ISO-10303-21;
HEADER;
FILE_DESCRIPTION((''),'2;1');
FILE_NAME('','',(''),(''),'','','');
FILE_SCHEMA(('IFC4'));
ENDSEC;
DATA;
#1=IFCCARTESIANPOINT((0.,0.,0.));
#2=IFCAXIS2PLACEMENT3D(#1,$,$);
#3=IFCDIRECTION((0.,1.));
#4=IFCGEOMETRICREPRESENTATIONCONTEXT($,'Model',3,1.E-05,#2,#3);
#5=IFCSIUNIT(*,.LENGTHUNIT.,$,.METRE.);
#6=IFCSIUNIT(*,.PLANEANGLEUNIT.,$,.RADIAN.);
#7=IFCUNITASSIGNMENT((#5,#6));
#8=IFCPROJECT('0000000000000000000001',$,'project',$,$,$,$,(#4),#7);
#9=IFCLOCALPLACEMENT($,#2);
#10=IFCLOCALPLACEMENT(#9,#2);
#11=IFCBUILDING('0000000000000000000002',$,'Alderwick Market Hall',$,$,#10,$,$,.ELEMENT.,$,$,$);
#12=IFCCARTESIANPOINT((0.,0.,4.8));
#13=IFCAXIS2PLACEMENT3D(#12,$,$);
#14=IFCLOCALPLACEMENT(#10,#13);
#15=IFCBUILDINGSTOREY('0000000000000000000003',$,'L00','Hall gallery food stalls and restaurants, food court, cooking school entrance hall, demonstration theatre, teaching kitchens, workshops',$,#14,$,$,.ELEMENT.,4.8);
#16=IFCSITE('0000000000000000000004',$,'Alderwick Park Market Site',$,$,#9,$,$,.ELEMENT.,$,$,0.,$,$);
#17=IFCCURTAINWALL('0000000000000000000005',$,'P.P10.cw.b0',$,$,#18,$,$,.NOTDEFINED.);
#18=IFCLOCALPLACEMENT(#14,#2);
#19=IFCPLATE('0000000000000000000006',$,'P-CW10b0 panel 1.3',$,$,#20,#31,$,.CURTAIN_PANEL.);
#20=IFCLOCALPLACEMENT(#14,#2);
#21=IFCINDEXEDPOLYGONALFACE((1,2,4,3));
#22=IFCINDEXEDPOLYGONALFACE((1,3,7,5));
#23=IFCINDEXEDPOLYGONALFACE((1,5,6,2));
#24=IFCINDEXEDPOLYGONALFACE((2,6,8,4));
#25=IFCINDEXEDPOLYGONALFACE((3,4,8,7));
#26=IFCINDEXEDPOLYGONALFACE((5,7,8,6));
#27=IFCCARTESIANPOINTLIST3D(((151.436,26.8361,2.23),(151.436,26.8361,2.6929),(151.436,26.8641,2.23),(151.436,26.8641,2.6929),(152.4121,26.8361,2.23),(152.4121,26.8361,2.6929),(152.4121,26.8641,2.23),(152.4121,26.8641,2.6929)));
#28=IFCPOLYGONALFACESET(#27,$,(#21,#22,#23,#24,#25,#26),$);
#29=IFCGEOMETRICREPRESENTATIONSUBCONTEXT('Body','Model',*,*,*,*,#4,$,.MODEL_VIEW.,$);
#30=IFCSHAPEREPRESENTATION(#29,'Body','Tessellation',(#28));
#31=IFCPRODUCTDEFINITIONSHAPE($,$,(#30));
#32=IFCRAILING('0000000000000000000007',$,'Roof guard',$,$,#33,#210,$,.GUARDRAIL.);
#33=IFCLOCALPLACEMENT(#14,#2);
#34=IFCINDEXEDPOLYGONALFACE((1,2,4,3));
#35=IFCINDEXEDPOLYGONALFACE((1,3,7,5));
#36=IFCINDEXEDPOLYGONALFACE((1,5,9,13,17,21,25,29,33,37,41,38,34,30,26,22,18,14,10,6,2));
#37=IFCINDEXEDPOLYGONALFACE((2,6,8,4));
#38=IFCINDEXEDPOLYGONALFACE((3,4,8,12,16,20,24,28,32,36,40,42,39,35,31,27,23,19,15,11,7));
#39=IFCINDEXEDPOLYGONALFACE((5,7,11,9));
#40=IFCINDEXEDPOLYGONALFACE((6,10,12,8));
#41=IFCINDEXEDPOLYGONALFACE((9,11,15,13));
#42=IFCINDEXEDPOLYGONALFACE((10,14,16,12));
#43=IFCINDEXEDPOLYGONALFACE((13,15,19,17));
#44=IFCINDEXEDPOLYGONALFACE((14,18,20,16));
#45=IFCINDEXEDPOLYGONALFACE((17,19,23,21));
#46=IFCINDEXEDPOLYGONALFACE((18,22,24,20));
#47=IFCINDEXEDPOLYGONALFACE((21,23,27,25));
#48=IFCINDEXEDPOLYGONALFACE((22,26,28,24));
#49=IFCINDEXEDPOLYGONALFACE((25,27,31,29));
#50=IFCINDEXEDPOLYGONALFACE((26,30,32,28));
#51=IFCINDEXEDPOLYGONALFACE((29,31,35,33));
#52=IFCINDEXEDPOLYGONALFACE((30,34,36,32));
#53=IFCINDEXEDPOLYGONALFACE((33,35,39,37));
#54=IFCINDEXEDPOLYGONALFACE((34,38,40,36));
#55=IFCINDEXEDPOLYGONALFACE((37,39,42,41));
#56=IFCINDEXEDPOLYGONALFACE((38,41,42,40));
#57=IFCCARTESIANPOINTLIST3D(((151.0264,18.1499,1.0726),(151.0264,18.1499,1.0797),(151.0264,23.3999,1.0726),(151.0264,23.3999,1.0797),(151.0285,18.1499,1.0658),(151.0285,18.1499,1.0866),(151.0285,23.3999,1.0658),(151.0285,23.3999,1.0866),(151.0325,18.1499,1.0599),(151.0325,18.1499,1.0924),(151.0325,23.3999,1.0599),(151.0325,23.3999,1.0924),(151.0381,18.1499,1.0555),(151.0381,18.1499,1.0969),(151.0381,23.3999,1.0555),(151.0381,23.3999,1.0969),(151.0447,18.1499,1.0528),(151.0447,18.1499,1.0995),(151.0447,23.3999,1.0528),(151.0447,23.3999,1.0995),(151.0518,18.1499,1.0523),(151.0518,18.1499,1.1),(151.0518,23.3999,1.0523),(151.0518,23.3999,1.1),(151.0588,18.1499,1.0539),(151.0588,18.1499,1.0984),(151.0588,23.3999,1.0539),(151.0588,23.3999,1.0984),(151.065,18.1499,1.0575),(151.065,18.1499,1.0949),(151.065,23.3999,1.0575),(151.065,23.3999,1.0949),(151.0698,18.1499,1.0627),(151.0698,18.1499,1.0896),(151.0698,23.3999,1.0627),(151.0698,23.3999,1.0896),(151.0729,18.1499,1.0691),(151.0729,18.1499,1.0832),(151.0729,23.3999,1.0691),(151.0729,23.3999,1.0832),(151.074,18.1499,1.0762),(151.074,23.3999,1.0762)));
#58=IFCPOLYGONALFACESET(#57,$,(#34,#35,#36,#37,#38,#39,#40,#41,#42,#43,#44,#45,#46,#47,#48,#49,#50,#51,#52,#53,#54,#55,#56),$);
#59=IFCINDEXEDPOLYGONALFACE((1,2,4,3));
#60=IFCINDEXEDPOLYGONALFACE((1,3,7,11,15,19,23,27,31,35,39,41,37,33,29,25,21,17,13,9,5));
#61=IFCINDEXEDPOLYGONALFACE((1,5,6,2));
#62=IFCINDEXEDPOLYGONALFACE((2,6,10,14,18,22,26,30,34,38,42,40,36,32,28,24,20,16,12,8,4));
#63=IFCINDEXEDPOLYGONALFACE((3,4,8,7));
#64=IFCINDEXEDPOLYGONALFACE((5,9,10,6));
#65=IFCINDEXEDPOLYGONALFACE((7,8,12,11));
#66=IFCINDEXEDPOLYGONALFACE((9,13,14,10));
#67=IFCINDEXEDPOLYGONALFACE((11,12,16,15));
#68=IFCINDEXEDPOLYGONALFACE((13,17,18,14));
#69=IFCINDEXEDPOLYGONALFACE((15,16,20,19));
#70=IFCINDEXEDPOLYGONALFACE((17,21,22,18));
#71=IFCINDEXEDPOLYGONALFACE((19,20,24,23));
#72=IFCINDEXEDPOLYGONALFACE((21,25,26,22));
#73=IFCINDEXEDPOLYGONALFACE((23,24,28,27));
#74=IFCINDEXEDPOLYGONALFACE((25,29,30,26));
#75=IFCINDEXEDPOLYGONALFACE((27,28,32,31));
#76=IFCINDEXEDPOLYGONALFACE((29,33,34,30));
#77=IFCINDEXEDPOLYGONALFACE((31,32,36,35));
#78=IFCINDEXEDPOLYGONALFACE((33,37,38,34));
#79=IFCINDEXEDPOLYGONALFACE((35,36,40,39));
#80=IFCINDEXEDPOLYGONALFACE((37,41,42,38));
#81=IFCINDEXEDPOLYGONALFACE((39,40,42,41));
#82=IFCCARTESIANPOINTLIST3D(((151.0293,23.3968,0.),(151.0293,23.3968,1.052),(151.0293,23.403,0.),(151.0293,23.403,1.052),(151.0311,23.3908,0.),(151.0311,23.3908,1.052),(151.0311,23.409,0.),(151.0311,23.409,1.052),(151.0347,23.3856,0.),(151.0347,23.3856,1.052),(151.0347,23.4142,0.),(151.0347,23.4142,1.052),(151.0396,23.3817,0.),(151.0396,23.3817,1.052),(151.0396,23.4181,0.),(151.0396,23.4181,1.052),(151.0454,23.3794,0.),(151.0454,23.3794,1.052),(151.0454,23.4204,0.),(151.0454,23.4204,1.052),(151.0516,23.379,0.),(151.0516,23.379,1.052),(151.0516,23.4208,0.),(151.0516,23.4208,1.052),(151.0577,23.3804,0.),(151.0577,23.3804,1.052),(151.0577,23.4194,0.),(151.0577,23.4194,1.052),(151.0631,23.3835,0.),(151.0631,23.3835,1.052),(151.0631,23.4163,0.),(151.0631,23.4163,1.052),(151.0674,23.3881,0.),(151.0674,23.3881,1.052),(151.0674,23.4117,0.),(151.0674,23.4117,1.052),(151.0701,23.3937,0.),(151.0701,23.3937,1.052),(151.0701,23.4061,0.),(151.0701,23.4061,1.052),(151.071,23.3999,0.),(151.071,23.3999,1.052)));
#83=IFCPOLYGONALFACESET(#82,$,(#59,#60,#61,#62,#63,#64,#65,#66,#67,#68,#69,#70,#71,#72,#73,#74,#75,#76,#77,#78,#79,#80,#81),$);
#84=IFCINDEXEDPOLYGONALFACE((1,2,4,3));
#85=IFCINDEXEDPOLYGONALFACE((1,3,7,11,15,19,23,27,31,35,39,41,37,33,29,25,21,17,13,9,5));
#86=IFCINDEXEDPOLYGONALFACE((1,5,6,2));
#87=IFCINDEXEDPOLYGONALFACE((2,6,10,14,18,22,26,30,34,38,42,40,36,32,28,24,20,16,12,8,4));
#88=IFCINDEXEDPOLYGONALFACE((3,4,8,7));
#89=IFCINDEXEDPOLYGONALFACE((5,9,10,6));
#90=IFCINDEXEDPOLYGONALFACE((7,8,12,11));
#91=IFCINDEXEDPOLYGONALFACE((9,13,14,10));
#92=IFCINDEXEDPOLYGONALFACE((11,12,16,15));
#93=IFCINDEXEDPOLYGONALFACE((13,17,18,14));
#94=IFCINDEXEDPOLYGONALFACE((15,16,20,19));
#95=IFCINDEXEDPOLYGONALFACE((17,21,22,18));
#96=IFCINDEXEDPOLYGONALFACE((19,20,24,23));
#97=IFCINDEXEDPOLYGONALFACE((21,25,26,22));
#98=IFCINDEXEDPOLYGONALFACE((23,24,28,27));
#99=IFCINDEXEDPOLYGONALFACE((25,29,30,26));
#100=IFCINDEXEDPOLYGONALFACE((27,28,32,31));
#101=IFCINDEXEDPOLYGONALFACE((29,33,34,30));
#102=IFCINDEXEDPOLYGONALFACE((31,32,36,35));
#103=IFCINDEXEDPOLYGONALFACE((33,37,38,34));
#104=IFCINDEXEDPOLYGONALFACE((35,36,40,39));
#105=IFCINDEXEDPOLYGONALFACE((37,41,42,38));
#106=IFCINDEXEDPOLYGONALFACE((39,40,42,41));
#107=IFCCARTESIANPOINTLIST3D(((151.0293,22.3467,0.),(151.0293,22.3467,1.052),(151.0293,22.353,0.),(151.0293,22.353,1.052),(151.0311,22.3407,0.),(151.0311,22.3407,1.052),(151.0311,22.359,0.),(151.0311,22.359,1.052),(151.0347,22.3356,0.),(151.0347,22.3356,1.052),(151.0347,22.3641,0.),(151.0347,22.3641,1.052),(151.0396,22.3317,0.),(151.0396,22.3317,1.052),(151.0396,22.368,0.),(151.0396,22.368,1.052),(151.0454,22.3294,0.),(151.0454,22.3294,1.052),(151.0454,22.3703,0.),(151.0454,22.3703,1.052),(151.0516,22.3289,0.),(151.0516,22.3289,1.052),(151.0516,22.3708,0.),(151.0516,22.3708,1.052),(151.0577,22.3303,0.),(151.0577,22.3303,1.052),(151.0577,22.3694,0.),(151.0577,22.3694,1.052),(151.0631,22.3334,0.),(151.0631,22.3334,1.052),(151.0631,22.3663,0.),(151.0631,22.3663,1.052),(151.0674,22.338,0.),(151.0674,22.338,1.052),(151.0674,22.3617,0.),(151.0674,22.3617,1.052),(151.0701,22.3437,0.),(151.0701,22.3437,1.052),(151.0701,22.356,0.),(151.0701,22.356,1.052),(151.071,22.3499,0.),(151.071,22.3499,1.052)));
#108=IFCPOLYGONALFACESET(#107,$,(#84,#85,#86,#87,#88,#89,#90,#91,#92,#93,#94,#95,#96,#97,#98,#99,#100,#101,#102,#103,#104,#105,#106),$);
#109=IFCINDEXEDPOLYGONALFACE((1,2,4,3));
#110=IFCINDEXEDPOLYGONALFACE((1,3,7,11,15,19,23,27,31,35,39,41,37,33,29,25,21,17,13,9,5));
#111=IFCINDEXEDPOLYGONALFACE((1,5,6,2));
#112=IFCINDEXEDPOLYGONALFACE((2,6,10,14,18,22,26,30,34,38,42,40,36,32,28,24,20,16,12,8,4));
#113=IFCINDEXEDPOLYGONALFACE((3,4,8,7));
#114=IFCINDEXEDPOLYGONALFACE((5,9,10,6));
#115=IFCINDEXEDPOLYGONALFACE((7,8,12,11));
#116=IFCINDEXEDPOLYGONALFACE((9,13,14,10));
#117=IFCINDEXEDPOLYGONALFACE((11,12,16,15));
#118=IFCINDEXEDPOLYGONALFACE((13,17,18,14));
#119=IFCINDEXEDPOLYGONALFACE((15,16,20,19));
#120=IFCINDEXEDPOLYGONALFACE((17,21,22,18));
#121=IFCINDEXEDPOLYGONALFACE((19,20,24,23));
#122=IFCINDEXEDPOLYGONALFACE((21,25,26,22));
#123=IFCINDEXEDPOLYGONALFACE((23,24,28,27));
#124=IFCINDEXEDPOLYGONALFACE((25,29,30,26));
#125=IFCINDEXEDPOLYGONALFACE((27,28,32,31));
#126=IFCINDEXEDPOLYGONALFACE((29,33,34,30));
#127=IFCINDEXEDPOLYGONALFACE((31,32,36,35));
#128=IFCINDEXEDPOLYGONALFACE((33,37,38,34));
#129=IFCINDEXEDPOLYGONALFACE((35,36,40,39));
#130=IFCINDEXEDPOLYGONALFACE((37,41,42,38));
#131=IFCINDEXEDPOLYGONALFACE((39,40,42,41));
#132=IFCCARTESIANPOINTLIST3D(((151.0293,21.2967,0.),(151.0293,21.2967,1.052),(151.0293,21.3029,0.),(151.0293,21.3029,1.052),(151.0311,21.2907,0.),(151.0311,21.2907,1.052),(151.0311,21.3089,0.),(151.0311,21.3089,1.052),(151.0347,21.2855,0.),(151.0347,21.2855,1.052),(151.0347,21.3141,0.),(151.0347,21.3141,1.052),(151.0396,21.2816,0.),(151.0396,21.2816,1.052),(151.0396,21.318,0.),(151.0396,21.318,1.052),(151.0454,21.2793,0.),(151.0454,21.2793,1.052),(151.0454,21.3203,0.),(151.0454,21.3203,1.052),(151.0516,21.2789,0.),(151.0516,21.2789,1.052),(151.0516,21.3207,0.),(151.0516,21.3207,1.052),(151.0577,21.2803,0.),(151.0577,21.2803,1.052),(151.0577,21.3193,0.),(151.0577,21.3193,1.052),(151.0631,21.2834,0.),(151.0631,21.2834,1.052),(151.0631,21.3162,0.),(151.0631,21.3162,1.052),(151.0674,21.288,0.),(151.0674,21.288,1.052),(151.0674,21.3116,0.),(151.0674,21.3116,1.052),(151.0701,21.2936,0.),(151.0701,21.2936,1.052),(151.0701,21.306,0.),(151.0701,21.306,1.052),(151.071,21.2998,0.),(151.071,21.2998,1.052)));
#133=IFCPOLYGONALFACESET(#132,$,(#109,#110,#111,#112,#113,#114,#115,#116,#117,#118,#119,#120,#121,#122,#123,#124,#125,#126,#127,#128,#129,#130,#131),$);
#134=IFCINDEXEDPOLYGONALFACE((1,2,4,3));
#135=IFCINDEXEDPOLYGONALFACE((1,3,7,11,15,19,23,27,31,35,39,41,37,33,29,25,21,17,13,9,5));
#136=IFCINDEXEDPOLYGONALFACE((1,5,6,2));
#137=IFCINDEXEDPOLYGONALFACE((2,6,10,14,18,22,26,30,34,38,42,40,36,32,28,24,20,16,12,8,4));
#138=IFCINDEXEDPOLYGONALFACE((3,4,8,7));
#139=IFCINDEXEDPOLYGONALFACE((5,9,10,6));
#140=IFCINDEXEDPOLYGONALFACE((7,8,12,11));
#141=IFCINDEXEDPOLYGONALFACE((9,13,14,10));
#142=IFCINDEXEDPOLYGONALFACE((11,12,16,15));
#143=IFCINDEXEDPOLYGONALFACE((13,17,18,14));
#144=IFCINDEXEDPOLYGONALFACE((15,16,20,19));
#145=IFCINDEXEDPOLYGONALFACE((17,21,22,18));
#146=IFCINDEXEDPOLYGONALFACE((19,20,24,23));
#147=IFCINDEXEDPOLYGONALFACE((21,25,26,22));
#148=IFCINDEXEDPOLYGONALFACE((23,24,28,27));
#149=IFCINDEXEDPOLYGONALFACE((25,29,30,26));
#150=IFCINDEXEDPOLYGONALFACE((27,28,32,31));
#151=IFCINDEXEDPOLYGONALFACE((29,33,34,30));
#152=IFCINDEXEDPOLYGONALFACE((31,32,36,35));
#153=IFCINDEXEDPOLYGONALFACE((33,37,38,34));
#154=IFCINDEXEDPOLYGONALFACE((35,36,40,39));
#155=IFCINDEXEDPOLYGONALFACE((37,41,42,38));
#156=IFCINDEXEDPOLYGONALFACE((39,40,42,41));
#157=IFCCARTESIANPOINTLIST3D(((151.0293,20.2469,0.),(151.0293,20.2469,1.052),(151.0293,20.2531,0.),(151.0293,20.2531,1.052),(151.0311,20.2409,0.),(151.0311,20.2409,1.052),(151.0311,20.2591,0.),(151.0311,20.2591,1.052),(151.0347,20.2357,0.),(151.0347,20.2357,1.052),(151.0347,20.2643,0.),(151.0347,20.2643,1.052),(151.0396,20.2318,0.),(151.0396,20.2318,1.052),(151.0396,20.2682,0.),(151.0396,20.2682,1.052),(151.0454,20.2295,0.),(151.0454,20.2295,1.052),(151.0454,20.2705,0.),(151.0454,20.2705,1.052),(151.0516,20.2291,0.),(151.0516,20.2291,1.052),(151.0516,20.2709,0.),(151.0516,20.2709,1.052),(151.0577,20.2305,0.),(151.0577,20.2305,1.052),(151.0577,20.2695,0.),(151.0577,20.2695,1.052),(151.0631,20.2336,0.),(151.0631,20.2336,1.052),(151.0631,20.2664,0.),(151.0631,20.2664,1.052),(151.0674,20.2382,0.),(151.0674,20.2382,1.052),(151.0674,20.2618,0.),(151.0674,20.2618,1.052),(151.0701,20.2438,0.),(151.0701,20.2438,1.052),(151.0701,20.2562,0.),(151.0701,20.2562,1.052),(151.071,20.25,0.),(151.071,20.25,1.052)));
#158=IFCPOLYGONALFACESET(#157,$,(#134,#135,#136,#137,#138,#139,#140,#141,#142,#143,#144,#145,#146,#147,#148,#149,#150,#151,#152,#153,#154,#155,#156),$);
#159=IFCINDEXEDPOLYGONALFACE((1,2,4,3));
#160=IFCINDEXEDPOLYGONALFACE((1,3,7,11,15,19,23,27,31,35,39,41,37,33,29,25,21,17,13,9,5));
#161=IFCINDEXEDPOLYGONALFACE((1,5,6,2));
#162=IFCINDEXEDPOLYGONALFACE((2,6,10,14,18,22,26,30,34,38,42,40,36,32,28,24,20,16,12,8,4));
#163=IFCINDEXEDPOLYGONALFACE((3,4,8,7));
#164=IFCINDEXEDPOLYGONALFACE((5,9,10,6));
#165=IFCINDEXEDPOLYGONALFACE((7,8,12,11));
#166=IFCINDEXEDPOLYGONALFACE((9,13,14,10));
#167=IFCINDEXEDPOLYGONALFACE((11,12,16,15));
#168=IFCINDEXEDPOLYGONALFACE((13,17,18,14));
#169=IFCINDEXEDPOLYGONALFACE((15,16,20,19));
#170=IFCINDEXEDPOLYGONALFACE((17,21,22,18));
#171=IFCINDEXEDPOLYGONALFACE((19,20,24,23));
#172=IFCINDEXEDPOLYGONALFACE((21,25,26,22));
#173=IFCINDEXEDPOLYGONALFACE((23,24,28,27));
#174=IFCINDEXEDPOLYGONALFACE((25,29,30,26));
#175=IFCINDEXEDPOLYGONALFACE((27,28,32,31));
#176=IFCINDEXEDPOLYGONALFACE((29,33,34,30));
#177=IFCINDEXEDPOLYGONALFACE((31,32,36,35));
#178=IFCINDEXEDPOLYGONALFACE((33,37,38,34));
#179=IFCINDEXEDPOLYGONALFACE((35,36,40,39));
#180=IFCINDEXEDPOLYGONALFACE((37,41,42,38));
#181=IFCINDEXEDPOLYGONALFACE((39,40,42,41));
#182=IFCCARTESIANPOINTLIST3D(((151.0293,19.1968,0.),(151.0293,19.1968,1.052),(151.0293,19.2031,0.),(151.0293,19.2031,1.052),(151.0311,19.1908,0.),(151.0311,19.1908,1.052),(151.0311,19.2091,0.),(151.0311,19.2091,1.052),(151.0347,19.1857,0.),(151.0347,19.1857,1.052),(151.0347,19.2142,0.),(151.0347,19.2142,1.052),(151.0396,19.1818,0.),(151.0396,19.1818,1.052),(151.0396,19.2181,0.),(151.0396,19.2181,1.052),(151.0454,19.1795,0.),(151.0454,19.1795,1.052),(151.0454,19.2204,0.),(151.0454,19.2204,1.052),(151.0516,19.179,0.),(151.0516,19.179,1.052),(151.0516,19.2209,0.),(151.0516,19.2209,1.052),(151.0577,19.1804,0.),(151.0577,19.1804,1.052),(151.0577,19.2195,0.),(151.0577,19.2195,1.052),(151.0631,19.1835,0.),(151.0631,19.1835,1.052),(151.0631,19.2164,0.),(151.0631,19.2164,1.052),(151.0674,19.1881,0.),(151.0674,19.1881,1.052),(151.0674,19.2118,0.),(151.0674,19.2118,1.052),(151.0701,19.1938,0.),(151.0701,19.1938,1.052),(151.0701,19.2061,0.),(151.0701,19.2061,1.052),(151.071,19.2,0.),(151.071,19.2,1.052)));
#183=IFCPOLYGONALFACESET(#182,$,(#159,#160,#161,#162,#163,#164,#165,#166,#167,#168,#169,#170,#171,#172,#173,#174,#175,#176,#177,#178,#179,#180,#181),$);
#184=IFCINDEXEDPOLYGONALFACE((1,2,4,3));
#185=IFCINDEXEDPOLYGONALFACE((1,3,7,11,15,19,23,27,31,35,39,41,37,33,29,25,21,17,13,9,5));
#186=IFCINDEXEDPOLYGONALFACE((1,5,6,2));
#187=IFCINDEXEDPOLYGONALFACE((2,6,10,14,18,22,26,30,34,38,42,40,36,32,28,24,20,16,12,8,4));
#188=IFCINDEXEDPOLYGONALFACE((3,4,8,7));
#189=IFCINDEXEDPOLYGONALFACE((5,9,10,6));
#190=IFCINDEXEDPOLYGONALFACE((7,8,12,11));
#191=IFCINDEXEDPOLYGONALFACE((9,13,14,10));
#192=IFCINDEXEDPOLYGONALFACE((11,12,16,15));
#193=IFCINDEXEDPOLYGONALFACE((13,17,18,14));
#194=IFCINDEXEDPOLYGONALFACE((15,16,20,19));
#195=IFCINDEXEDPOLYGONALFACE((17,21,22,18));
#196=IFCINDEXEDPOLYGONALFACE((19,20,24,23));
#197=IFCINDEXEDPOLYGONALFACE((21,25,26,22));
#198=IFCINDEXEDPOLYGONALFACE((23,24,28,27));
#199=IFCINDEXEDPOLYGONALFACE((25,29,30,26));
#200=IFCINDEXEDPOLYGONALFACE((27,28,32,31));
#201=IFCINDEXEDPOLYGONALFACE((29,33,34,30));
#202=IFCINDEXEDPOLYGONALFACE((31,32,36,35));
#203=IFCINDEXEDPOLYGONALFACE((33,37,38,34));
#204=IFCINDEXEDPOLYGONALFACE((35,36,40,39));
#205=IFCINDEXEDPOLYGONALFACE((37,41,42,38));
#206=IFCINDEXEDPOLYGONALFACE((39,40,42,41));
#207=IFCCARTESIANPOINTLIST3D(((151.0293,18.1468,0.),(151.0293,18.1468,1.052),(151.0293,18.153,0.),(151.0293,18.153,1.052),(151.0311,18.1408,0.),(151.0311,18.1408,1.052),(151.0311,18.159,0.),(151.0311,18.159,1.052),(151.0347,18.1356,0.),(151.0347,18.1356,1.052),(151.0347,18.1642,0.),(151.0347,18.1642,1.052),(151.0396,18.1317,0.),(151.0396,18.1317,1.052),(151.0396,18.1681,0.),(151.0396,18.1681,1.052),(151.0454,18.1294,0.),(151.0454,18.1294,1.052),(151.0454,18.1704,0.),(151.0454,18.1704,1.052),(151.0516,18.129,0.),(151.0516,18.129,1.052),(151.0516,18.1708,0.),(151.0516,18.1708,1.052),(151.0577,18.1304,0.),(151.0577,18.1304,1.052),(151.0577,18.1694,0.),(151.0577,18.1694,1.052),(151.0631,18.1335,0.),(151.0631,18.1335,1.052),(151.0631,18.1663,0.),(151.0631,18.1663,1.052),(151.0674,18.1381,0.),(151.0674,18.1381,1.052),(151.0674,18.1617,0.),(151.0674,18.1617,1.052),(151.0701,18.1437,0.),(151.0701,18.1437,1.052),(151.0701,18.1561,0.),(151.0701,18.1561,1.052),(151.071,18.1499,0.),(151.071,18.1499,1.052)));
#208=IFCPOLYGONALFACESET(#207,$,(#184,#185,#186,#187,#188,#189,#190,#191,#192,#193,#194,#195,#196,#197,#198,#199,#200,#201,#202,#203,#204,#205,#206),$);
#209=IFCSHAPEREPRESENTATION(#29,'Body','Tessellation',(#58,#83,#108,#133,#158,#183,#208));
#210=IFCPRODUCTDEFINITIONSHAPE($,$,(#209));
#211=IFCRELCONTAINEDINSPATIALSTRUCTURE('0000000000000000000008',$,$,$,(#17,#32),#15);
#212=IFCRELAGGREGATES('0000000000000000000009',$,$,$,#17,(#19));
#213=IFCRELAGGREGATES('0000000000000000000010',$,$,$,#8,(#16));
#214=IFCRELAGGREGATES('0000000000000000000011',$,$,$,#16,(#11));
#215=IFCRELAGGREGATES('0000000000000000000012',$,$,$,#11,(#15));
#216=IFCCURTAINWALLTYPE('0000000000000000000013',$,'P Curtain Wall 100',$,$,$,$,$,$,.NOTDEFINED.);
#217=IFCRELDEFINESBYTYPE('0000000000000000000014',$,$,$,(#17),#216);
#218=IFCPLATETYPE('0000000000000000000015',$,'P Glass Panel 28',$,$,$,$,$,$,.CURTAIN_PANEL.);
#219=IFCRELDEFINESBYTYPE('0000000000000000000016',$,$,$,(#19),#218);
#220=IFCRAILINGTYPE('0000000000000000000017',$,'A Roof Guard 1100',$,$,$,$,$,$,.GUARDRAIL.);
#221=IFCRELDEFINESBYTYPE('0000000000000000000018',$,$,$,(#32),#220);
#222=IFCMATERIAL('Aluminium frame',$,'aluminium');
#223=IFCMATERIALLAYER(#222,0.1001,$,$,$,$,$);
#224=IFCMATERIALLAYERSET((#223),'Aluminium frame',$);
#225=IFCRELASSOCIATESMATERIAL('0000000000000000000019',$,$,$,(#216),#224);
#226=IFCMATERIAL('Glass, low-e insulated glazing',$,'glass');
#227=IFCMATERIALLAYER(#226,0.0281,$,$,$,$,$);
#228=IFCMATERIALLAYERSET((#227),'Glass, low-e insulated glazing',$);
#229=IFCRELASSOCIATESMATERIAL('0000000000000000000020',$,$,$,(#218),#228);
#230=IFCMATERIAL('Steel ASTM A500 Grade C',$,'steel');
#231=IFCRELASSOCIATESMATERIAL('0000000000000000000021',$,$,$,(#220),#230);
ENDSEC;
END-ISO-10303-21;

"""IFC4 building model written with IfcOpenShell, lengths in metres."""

from ifc_helpers import new_model, si_unit, direction, frame, origin, origin_2d, place, context, subcontext, project, spatial, rectangle, circle, extrude, material, layer, layer_set, type_object, element, aggregate, save


model = new_model("IFC4")

# Units and contexts
model_context = context("Model", 3, precision=1e-05, world=origin(), true_north=direction((0.0, 1.0)))
body_context = subcontext(model_context, "Body", "Model", "MODEL_VIEW")
ifc_project = project(units=[si_unit("LENGTHUNIT", "METRE"), si_unit("PLANEANGLEUNIT", "RADIAN")], contexts=[model_context])

# Site, building, storey
site_placement = place(None, origin())
site = spatial("IfcSite", under=ifc_project, at=site_placement, Name="Alderwick Park Market Site", CompositionType="ELEMENT", RefElevation=0.0)
building_placement = place(site_placement, origin())
building = spatial("IfcBuilding", under=site, at=building_placement, Name="Alderwick Market Hall", CompositionType="ELEMENT")
storey_placement = place(building_placement, frame((0.0, 0.0, 4.8)))
storey = spatial("IfcBuildingStorey", under=building, at=storey_placement, Name="L00", Description="Hall gallery food stalls and restaurants, food court, cooking school entrance hall, demonstration theatre, teaching kitchens, workshops", CompositionType="ELEMENT", Elevation=4.8)

# Shared definitions
ifc_material_1 = material(Name="Steel ASTM A500 Grade C", Category="steel")

# Curtain wall
ifc_material_2 = material(Name="Aluminium frame", Category="aluminium")
ifc_layer_1 = layer(ifc_material_2, 0.1001)
ifc_layer_set_1 = layer_set([ifc_layer_1], Name="Aluminium frame")
curtain_wall_type = type_object("IfcCurtainWallType", Name="P Curtain Wall 100", PredefinedType="NOTDEFINED", material=ifc_layer_set_1)
curtain_wall_1_placement = place(storey_placement, origin())
curtain_wall_1 = element("IfcCurtainWall", 1, at=curtain_wall_1_placement, inside=storey, type_object=curtain_wall_type, Name="P.P10.cw.b0", PredefinedType="NOTDEFINED")

# Plate
ifc_material_3 = material(Name="Glass, low-e insulated glazing", Category="glass")
ifc_layer_2 = layer(ifc_material_3, 0.0281)
ifc_layer_set_2 = layer_set([ifc_layer_2], Name="Glass, low-e insulated glazing")
plate_type = type_object("IfcPlateType", Name="P Glass Panel 28", PredefinedType="CURTAIN_PANEL", material=ifc_layer_set_2)
plate_1_placement = place(storey_placement, frame((151.9241, 26.8501, 2.23), z_axis=(0.0, 0.0, 1.0), x_axis=(1.0, 0.0, 0.0)))
plate_1 = element("IfcPlate", 2, at=plate_1_placement, type_object=plate_type, Name="P-CW10b0 panel 1.3", PredefinedType="CURTAIN_PANEL", context=body_context, shape_type="SweptSolid", body=[
    extrude(rectangle(XDim=0.9761, YDim=0.0281, at=origin_2d()), origin(), (0.0, 0.0, 1.0), 0.4629),
])
aggregate(curtain_wall_1, [plate_1])

# Railing
railing_type_1 = type_object("IfcRailingType", Name="A Roof Guard 1100", PredefinedType="GUARDRAIL", material=ifc_material_1)
railing_1_placement = place(storey_placement, frame((151.05, 23.3999, 0.0)))
element("IfcRailing", 3, at=railing_1_placement, inside=storey, type_object=railing_type_1, Name="Roof guard", PredefinedType="GUARDRAIL", context=body_context, shape_type="SweptSolid", body=[
    extrude(circle(Radius=0.0239, at=origin_2d()), frame((0.0, 0.0, 1.0762), z_axis=(0.0, -1.0, 0.0), x_axis=(1.0, 0.0, 0.0)), (0.0, 0.0, 1.0), 5.25),
    extrude(circle(Radius=0.021, at=origin_2d()), origin(), (0.0, 0.0, 1.0), 1.052),
    extrude(circle(Radius=0.021, at=origin_2d()), frame((0.0, -1.05, 0.0)), (0.0, 0.0, 1.0), 1.052),
    extrude(circle(Radius=0.021, at=origin_2d()), frame((0.0, -2.1001, 0.0)), (0.0, 0.0, 1.0), 1.052),
    extrude(circle(Radius=0.021, at=origin_2d()), frame((0.0, -3.1499, 0.0)), (0.0, 0.0, 1.0), 1.052),
    extrude(circle(Radius=0.021, at=origin_2d()), frame((0.0, -4.2, 0.0)), (0.0, 0.0, 1.0), 1.052),
    extrude(circle(Radius=0.021, at=origin_2d()), frame((0.0, -5.25, 0.0)), (0.0, 0.0, 1.0), 1.052),
])

save(model, "model.ifc")
